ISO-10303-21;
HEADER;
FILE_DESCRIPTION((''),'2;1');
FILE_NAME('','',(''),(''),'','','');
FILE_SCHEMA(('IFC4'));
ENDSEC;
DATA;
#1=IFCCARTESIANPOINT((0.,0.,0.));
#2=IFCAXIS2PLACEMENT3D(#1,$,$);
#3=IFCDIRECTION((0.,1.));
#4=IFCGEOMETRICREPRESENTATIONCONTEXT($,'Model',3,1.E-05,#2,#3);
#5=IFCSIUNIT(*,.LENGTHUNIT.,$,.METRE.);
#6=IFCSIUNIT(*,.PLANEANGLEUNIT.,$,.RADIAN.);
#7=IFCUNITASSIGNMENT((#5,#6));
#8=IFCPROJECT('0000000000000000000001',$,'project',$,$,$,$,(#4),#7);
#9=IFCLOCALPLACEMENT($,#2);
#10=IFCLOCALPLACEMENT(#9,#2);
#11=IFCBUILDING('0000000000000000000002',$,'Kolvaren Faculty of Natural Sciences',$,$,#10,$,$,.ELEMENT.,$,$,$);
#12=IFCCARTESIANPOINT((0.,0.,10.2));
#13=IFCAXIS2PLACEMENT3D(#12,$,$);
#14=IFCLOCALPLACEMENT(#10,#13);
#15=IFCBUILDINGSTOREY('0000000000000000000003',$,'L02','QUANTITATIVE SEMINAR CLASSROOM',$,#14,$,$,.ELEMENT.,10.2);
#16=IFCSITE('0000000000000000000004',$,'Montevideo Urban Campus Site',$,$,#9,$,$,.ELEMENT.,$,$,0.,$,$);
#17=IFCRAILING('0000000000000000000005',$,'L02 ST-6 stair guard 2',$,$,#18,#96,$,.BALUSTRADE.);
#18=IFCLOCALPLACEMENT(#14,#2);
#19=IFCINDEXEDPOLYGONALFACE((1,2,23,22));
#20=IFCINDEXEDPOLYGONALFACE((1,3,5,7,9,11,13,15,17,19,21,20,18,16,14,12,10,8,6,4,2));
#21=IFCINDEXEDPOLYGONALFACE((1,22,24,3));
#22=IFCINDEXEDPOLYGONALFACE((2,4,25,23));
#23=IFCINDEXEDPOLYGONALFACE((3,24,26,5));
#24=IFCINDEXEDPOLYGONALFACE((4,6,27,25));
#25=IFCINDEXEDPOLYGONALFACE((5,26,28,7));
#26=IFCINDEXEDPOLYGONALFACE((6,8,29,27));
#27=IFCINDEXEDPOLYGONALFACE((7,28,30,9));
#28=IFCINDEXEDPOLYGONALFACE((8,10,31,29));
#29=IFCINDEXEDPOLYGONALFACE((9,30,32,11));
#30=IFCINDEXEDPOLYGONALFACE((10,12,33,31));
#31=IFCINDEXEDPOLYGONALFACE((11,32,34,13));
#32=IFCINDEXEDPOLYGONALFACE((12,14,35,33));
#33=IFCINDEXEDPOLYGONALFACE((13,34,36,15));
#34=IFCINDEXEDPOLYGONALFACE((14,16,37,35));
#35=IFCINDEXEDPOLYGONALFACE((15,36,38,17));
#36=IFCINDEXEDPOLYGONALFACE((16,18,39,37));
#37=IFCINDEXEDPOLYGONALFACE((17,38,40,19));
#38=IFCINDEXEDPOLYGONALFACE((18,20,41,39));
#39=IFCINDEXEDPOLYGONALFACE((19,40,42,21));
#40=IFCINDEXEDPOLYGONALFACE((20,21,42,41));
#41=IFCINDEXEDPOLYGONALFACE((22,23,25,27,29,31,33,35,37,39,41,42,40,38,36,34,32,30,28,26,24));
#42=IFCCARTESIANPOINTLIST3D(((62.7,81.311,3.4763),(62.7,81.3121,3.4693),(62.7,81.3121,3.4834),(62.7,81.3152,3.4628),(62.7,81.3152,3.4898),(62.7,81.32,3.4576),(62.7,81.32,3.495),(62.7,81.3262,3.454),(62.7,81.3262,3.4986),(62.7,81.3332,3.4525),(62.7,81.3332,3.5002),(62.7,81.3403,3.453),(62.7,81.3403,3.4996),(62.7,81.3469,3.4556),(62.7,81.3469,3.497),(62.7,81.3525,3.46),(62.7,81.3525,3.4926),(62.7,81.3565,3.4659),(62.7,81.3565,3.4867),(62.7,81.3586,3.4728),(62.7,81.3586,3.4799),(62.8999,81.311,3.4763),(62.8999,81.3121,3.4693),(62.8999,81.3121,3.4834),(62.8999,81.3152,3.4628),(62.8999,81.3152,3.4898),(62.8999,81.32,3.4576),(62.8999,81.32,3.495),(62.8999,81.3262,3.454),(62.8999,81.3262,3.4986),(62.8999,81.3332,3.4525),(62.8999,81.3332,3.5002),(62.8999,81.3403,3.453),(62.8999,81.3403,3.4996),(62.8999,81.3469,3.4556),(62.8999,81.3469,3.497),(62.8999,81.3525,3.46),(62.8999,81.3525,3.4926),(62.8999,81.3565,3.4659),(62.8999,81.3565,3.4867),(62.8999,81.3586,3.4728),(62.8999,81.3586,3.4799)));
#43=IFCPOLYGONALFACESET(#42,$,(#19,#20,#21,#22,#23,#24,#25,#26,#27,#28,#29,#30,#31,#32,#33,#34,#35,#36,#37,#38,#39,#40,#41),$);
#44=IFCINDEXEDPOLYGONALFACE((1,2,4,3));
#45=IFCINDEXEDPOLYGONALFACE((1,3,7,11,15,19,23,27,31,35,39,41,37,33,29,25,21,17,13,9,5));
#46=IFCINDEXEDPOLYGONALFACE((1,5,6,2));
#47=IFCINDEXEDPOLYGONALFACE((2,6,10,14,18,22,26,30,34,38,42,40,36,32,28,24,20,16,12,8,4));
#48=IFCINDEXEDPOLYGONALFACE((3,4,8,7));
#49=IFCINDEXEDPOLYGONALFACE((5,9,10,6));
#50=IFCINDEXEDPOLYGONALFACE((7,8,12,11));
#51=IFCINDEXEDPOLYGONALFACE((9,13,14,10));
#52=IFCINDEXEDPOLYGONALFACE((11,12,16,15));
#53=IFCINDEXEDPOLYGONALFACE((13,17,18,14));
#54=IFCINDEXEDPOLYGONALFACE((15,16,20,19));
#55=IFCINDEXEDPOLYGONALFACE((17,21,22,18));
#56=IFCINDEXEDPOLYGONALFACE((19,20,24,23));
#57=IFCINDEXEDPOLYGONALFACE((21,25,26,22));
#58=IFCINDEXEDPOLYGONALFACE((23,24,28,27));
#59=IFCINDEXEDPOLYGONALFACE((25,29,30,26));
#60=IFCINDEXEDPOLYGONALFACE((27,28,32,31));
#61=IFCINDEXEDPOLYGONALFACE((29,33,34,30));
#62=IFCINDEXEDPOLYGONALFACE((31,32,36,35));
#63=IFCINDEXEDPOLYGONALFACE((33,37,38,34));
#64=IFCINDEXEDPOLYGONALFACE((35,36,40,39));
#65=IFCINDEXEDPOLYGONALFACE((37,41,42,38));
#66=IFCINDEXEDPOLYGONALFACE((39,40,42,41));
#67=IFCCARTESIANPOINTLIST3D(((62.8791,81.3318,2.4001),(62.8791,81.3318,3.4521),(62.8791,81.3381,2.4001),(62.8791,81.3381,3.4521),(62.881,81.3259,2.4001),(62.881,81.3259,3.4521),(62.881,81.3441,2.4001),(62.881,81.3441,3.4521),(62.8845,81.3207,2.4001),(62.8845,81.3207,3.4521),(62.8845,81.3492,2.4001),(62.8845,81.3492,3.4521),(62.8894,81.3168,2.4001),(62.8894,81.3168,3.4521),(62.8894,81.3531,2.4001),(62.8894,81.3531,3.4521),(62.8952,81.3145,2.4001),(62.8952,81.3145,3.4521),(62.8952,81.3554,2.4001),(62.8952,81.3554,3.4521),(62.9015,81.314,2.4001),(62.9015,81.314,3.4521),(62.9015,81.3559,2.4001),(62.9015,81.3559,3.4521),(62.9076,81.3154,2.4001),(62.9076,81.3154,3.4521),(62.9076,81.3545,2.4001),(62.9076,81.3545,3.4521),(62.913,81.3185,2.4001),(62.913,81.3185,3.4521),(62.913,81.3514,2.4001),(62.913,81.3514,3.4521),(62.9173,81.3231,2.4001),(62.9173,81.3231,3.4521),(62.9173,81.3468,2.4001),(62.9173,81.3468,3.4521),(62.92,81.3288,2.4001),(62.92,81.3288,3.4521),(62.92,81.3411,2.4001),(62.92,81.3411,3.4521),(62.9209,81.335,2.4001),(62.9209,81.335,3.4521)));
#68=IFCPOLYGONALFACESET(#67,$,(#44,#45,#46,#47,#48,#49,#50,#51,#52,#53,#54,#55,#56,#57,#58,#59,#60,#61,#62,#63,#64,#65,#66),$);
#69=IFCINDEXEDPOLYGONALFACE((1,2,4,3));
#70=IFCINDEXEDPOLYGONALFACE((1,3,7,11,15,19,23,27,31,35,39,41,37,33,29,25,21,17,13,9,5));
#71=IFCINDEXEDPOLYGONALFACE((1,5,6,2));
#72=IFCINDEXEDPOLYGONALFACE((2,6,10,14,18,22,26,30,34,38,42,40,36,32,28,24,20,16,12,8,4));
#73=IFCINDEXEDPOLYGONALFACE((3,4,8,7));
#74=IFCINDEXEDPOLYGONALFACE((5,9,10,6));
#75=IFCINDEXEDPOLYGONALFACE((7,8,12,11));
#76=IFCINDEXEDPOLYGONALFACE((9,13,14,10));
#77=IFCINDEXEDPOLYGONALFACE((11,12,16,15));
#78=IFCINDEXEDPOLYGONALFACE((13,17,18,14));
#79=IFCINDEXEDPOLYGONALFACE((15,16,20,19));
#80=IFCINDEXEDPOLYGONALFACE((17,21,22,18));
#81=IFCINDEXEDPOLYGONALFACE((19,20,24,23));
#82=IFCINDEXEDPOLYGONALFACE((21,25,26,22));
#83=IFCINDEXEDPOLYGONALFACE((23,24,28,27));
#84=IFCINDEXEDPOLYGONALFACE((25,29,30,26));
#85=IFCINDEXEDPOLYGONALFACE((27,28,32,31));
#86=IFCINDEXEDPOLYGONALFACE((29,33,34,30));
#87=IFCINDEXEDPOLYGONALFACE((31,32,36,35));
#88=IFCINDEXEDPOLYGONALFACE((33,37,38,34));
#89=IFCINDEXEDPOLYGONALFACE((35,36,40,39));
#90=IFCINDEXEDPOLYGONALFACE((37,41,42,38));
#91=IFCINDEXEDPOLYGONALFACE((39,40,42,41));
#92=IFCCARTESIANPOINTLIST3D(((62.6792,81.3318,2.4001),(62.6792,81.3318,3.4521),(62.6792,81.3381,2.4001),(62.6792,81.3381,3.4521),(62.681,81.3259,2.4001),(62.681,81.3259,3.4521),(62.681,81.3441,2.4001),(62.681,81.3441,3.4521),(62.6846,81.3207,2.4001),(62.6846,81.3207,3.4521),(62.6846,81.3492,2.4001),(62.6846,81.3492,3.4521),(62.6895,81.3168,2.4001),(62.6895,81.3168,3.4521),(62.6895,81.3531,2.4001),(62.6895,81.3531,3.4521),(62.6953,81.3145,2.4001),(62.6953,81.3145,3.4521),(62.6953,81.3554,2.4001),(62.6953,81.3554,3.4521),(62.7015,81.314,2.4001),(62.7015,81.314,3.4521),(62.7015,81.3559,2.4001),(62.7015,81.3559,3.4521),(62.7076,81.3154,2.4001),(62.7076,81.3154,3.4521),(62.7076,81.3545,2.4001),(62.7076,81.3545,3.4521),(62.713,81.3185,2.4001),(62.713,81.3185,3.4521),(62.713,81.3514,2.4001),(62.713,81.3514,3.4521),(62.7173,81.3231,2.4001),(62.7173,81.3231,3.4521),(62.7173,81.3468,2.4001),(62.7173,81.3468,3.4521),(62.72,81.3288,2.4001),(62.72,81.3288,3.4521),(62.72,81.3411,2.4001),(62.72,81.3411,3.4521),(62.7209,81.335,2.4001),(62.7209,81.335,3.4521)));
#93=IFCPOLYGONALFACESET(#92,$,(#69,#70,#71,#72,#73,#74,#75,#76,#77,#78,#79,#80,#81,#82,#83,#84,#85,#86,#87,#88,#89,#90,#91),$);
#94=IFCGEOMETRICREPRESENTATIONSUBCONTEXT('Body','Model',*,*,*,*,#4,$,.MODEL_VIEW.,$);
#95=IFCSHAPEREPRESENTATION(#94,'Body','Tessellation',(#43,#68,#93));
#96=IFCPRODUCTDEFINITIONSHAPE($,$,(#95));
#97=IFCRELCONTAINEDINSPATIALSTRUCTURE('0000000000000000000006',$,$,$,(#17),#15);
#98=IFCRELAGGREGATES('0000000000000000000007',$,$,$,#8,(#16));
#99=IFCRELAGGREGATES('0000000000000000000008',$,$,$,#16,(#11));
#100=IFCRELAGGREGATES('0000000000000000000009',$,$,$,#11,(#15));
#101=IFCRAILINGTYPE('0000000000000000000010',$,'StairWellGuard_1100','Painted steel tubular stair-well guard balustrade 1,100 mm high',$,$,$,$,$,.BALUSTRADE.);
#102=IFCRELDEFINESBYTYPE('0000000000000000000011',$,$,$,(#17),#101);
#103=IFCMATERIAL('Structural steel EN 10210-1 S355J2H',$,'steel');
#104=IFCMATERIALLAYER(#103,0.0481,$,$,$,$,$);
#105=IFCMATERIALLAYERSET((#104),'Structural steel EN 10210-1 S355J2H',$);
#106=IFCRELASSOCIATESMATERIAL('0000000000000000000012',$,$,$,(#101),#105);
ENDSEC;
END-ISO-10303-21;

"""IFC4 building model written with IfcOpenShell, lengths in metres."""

from ifc_helpers import new_model, si_unit, direction, frame, origin, origin_2d, place, context, subcontext, project, spatial, circle, extrude, material, layer, layer_set, type_object, element, save


model = new_model("IFC4")

# Units and contexts
model_context = context("Model", 3, precision=1e-05, world=origin(), true_north=direction((0.0, 1.0)))
body_context = subcontext(model_context, "Body", "Model", "MODEL_VIEW")
ifc_project = project(units=[si_unit("LENGTHUNIT", "METRE"), si_unit("PLANEANGLEUNIT", "RADIAN")], contexts=[model_context])

# Site, building, storey
site_placement = place(None, origin())
site = spatial("IfcSite", under=ifc_project, at=site_placement, Name="Montevideo Urban Campus Site", CompositionType="ELEMENT", RefElevation=0.0)
building_placement = place(site_placement, origin())
building = spatial("IfcBuilding", under=site, at=building_placement, Name="Kolvaren Faculty of Natural Sciences", CompositionType="ELEMENT")
storey_placement = place(building_placement, frame((0.0, 0.0, 10.2)))
storey = spatial("IfcBuildingStorey", under=building, at=storey_placement, Name="L02", Description="QUANTITATIVE SEMINAR CLASSROOM", CompositionType="ELEMENT", Elevation=10.2)

# Railing
ifc_material_1 = material(Name="Structural steel EN 10210-1 S355J2H", Category="steel")
ifc_layer_1 = layer(ifc_material_1, 0.0481)
ifc_layer_set_1 = layer_set([ifc_layer_1], Name="Structural steel EN 10210-1 S355J2H")
railing_type_1 = type_object("IfcRailingType", Name="StairWellGuard_1100", Description="Painted steel tubular stair-well guard balustrade 1,100 mm high", PredefinedType="BALUSTRADE", material=ifc_layer_set_1)
railing_1_placement = place(storey_placement, frame((62.8999, 81.335, 2.4001)))
element("IfcRailing", 1, at=railing_1_placement, inside=storey, type_object=railing_type_1, Name="L02 ST-6 stair guard 2", PredefinedType="BALUSTRADE", context=body_context, shape_type="SweptSolid", body=[
    extrude(circle(Radius=0.0239, at=origin_2d()), frame((0.0, 0.0, 1.0762), z_axis=(-1.0, 0.0, 0.0), x_axis=(0.0, -1.0, 0.0)), (0.0, 0.0, 1.0), 0.2),
    extrude(circle(Radius=0.021, at=origin_2d()), origin(), (0.0, 0.0, 1.0), 1.052),
    extrude(circle(Radius=0.021, at=origin_2d()), frame((-0.2, 0.0, 0.0)), (0.0, 0.0, 1.0), 1.052),
])

save(model, "model.ifc")
